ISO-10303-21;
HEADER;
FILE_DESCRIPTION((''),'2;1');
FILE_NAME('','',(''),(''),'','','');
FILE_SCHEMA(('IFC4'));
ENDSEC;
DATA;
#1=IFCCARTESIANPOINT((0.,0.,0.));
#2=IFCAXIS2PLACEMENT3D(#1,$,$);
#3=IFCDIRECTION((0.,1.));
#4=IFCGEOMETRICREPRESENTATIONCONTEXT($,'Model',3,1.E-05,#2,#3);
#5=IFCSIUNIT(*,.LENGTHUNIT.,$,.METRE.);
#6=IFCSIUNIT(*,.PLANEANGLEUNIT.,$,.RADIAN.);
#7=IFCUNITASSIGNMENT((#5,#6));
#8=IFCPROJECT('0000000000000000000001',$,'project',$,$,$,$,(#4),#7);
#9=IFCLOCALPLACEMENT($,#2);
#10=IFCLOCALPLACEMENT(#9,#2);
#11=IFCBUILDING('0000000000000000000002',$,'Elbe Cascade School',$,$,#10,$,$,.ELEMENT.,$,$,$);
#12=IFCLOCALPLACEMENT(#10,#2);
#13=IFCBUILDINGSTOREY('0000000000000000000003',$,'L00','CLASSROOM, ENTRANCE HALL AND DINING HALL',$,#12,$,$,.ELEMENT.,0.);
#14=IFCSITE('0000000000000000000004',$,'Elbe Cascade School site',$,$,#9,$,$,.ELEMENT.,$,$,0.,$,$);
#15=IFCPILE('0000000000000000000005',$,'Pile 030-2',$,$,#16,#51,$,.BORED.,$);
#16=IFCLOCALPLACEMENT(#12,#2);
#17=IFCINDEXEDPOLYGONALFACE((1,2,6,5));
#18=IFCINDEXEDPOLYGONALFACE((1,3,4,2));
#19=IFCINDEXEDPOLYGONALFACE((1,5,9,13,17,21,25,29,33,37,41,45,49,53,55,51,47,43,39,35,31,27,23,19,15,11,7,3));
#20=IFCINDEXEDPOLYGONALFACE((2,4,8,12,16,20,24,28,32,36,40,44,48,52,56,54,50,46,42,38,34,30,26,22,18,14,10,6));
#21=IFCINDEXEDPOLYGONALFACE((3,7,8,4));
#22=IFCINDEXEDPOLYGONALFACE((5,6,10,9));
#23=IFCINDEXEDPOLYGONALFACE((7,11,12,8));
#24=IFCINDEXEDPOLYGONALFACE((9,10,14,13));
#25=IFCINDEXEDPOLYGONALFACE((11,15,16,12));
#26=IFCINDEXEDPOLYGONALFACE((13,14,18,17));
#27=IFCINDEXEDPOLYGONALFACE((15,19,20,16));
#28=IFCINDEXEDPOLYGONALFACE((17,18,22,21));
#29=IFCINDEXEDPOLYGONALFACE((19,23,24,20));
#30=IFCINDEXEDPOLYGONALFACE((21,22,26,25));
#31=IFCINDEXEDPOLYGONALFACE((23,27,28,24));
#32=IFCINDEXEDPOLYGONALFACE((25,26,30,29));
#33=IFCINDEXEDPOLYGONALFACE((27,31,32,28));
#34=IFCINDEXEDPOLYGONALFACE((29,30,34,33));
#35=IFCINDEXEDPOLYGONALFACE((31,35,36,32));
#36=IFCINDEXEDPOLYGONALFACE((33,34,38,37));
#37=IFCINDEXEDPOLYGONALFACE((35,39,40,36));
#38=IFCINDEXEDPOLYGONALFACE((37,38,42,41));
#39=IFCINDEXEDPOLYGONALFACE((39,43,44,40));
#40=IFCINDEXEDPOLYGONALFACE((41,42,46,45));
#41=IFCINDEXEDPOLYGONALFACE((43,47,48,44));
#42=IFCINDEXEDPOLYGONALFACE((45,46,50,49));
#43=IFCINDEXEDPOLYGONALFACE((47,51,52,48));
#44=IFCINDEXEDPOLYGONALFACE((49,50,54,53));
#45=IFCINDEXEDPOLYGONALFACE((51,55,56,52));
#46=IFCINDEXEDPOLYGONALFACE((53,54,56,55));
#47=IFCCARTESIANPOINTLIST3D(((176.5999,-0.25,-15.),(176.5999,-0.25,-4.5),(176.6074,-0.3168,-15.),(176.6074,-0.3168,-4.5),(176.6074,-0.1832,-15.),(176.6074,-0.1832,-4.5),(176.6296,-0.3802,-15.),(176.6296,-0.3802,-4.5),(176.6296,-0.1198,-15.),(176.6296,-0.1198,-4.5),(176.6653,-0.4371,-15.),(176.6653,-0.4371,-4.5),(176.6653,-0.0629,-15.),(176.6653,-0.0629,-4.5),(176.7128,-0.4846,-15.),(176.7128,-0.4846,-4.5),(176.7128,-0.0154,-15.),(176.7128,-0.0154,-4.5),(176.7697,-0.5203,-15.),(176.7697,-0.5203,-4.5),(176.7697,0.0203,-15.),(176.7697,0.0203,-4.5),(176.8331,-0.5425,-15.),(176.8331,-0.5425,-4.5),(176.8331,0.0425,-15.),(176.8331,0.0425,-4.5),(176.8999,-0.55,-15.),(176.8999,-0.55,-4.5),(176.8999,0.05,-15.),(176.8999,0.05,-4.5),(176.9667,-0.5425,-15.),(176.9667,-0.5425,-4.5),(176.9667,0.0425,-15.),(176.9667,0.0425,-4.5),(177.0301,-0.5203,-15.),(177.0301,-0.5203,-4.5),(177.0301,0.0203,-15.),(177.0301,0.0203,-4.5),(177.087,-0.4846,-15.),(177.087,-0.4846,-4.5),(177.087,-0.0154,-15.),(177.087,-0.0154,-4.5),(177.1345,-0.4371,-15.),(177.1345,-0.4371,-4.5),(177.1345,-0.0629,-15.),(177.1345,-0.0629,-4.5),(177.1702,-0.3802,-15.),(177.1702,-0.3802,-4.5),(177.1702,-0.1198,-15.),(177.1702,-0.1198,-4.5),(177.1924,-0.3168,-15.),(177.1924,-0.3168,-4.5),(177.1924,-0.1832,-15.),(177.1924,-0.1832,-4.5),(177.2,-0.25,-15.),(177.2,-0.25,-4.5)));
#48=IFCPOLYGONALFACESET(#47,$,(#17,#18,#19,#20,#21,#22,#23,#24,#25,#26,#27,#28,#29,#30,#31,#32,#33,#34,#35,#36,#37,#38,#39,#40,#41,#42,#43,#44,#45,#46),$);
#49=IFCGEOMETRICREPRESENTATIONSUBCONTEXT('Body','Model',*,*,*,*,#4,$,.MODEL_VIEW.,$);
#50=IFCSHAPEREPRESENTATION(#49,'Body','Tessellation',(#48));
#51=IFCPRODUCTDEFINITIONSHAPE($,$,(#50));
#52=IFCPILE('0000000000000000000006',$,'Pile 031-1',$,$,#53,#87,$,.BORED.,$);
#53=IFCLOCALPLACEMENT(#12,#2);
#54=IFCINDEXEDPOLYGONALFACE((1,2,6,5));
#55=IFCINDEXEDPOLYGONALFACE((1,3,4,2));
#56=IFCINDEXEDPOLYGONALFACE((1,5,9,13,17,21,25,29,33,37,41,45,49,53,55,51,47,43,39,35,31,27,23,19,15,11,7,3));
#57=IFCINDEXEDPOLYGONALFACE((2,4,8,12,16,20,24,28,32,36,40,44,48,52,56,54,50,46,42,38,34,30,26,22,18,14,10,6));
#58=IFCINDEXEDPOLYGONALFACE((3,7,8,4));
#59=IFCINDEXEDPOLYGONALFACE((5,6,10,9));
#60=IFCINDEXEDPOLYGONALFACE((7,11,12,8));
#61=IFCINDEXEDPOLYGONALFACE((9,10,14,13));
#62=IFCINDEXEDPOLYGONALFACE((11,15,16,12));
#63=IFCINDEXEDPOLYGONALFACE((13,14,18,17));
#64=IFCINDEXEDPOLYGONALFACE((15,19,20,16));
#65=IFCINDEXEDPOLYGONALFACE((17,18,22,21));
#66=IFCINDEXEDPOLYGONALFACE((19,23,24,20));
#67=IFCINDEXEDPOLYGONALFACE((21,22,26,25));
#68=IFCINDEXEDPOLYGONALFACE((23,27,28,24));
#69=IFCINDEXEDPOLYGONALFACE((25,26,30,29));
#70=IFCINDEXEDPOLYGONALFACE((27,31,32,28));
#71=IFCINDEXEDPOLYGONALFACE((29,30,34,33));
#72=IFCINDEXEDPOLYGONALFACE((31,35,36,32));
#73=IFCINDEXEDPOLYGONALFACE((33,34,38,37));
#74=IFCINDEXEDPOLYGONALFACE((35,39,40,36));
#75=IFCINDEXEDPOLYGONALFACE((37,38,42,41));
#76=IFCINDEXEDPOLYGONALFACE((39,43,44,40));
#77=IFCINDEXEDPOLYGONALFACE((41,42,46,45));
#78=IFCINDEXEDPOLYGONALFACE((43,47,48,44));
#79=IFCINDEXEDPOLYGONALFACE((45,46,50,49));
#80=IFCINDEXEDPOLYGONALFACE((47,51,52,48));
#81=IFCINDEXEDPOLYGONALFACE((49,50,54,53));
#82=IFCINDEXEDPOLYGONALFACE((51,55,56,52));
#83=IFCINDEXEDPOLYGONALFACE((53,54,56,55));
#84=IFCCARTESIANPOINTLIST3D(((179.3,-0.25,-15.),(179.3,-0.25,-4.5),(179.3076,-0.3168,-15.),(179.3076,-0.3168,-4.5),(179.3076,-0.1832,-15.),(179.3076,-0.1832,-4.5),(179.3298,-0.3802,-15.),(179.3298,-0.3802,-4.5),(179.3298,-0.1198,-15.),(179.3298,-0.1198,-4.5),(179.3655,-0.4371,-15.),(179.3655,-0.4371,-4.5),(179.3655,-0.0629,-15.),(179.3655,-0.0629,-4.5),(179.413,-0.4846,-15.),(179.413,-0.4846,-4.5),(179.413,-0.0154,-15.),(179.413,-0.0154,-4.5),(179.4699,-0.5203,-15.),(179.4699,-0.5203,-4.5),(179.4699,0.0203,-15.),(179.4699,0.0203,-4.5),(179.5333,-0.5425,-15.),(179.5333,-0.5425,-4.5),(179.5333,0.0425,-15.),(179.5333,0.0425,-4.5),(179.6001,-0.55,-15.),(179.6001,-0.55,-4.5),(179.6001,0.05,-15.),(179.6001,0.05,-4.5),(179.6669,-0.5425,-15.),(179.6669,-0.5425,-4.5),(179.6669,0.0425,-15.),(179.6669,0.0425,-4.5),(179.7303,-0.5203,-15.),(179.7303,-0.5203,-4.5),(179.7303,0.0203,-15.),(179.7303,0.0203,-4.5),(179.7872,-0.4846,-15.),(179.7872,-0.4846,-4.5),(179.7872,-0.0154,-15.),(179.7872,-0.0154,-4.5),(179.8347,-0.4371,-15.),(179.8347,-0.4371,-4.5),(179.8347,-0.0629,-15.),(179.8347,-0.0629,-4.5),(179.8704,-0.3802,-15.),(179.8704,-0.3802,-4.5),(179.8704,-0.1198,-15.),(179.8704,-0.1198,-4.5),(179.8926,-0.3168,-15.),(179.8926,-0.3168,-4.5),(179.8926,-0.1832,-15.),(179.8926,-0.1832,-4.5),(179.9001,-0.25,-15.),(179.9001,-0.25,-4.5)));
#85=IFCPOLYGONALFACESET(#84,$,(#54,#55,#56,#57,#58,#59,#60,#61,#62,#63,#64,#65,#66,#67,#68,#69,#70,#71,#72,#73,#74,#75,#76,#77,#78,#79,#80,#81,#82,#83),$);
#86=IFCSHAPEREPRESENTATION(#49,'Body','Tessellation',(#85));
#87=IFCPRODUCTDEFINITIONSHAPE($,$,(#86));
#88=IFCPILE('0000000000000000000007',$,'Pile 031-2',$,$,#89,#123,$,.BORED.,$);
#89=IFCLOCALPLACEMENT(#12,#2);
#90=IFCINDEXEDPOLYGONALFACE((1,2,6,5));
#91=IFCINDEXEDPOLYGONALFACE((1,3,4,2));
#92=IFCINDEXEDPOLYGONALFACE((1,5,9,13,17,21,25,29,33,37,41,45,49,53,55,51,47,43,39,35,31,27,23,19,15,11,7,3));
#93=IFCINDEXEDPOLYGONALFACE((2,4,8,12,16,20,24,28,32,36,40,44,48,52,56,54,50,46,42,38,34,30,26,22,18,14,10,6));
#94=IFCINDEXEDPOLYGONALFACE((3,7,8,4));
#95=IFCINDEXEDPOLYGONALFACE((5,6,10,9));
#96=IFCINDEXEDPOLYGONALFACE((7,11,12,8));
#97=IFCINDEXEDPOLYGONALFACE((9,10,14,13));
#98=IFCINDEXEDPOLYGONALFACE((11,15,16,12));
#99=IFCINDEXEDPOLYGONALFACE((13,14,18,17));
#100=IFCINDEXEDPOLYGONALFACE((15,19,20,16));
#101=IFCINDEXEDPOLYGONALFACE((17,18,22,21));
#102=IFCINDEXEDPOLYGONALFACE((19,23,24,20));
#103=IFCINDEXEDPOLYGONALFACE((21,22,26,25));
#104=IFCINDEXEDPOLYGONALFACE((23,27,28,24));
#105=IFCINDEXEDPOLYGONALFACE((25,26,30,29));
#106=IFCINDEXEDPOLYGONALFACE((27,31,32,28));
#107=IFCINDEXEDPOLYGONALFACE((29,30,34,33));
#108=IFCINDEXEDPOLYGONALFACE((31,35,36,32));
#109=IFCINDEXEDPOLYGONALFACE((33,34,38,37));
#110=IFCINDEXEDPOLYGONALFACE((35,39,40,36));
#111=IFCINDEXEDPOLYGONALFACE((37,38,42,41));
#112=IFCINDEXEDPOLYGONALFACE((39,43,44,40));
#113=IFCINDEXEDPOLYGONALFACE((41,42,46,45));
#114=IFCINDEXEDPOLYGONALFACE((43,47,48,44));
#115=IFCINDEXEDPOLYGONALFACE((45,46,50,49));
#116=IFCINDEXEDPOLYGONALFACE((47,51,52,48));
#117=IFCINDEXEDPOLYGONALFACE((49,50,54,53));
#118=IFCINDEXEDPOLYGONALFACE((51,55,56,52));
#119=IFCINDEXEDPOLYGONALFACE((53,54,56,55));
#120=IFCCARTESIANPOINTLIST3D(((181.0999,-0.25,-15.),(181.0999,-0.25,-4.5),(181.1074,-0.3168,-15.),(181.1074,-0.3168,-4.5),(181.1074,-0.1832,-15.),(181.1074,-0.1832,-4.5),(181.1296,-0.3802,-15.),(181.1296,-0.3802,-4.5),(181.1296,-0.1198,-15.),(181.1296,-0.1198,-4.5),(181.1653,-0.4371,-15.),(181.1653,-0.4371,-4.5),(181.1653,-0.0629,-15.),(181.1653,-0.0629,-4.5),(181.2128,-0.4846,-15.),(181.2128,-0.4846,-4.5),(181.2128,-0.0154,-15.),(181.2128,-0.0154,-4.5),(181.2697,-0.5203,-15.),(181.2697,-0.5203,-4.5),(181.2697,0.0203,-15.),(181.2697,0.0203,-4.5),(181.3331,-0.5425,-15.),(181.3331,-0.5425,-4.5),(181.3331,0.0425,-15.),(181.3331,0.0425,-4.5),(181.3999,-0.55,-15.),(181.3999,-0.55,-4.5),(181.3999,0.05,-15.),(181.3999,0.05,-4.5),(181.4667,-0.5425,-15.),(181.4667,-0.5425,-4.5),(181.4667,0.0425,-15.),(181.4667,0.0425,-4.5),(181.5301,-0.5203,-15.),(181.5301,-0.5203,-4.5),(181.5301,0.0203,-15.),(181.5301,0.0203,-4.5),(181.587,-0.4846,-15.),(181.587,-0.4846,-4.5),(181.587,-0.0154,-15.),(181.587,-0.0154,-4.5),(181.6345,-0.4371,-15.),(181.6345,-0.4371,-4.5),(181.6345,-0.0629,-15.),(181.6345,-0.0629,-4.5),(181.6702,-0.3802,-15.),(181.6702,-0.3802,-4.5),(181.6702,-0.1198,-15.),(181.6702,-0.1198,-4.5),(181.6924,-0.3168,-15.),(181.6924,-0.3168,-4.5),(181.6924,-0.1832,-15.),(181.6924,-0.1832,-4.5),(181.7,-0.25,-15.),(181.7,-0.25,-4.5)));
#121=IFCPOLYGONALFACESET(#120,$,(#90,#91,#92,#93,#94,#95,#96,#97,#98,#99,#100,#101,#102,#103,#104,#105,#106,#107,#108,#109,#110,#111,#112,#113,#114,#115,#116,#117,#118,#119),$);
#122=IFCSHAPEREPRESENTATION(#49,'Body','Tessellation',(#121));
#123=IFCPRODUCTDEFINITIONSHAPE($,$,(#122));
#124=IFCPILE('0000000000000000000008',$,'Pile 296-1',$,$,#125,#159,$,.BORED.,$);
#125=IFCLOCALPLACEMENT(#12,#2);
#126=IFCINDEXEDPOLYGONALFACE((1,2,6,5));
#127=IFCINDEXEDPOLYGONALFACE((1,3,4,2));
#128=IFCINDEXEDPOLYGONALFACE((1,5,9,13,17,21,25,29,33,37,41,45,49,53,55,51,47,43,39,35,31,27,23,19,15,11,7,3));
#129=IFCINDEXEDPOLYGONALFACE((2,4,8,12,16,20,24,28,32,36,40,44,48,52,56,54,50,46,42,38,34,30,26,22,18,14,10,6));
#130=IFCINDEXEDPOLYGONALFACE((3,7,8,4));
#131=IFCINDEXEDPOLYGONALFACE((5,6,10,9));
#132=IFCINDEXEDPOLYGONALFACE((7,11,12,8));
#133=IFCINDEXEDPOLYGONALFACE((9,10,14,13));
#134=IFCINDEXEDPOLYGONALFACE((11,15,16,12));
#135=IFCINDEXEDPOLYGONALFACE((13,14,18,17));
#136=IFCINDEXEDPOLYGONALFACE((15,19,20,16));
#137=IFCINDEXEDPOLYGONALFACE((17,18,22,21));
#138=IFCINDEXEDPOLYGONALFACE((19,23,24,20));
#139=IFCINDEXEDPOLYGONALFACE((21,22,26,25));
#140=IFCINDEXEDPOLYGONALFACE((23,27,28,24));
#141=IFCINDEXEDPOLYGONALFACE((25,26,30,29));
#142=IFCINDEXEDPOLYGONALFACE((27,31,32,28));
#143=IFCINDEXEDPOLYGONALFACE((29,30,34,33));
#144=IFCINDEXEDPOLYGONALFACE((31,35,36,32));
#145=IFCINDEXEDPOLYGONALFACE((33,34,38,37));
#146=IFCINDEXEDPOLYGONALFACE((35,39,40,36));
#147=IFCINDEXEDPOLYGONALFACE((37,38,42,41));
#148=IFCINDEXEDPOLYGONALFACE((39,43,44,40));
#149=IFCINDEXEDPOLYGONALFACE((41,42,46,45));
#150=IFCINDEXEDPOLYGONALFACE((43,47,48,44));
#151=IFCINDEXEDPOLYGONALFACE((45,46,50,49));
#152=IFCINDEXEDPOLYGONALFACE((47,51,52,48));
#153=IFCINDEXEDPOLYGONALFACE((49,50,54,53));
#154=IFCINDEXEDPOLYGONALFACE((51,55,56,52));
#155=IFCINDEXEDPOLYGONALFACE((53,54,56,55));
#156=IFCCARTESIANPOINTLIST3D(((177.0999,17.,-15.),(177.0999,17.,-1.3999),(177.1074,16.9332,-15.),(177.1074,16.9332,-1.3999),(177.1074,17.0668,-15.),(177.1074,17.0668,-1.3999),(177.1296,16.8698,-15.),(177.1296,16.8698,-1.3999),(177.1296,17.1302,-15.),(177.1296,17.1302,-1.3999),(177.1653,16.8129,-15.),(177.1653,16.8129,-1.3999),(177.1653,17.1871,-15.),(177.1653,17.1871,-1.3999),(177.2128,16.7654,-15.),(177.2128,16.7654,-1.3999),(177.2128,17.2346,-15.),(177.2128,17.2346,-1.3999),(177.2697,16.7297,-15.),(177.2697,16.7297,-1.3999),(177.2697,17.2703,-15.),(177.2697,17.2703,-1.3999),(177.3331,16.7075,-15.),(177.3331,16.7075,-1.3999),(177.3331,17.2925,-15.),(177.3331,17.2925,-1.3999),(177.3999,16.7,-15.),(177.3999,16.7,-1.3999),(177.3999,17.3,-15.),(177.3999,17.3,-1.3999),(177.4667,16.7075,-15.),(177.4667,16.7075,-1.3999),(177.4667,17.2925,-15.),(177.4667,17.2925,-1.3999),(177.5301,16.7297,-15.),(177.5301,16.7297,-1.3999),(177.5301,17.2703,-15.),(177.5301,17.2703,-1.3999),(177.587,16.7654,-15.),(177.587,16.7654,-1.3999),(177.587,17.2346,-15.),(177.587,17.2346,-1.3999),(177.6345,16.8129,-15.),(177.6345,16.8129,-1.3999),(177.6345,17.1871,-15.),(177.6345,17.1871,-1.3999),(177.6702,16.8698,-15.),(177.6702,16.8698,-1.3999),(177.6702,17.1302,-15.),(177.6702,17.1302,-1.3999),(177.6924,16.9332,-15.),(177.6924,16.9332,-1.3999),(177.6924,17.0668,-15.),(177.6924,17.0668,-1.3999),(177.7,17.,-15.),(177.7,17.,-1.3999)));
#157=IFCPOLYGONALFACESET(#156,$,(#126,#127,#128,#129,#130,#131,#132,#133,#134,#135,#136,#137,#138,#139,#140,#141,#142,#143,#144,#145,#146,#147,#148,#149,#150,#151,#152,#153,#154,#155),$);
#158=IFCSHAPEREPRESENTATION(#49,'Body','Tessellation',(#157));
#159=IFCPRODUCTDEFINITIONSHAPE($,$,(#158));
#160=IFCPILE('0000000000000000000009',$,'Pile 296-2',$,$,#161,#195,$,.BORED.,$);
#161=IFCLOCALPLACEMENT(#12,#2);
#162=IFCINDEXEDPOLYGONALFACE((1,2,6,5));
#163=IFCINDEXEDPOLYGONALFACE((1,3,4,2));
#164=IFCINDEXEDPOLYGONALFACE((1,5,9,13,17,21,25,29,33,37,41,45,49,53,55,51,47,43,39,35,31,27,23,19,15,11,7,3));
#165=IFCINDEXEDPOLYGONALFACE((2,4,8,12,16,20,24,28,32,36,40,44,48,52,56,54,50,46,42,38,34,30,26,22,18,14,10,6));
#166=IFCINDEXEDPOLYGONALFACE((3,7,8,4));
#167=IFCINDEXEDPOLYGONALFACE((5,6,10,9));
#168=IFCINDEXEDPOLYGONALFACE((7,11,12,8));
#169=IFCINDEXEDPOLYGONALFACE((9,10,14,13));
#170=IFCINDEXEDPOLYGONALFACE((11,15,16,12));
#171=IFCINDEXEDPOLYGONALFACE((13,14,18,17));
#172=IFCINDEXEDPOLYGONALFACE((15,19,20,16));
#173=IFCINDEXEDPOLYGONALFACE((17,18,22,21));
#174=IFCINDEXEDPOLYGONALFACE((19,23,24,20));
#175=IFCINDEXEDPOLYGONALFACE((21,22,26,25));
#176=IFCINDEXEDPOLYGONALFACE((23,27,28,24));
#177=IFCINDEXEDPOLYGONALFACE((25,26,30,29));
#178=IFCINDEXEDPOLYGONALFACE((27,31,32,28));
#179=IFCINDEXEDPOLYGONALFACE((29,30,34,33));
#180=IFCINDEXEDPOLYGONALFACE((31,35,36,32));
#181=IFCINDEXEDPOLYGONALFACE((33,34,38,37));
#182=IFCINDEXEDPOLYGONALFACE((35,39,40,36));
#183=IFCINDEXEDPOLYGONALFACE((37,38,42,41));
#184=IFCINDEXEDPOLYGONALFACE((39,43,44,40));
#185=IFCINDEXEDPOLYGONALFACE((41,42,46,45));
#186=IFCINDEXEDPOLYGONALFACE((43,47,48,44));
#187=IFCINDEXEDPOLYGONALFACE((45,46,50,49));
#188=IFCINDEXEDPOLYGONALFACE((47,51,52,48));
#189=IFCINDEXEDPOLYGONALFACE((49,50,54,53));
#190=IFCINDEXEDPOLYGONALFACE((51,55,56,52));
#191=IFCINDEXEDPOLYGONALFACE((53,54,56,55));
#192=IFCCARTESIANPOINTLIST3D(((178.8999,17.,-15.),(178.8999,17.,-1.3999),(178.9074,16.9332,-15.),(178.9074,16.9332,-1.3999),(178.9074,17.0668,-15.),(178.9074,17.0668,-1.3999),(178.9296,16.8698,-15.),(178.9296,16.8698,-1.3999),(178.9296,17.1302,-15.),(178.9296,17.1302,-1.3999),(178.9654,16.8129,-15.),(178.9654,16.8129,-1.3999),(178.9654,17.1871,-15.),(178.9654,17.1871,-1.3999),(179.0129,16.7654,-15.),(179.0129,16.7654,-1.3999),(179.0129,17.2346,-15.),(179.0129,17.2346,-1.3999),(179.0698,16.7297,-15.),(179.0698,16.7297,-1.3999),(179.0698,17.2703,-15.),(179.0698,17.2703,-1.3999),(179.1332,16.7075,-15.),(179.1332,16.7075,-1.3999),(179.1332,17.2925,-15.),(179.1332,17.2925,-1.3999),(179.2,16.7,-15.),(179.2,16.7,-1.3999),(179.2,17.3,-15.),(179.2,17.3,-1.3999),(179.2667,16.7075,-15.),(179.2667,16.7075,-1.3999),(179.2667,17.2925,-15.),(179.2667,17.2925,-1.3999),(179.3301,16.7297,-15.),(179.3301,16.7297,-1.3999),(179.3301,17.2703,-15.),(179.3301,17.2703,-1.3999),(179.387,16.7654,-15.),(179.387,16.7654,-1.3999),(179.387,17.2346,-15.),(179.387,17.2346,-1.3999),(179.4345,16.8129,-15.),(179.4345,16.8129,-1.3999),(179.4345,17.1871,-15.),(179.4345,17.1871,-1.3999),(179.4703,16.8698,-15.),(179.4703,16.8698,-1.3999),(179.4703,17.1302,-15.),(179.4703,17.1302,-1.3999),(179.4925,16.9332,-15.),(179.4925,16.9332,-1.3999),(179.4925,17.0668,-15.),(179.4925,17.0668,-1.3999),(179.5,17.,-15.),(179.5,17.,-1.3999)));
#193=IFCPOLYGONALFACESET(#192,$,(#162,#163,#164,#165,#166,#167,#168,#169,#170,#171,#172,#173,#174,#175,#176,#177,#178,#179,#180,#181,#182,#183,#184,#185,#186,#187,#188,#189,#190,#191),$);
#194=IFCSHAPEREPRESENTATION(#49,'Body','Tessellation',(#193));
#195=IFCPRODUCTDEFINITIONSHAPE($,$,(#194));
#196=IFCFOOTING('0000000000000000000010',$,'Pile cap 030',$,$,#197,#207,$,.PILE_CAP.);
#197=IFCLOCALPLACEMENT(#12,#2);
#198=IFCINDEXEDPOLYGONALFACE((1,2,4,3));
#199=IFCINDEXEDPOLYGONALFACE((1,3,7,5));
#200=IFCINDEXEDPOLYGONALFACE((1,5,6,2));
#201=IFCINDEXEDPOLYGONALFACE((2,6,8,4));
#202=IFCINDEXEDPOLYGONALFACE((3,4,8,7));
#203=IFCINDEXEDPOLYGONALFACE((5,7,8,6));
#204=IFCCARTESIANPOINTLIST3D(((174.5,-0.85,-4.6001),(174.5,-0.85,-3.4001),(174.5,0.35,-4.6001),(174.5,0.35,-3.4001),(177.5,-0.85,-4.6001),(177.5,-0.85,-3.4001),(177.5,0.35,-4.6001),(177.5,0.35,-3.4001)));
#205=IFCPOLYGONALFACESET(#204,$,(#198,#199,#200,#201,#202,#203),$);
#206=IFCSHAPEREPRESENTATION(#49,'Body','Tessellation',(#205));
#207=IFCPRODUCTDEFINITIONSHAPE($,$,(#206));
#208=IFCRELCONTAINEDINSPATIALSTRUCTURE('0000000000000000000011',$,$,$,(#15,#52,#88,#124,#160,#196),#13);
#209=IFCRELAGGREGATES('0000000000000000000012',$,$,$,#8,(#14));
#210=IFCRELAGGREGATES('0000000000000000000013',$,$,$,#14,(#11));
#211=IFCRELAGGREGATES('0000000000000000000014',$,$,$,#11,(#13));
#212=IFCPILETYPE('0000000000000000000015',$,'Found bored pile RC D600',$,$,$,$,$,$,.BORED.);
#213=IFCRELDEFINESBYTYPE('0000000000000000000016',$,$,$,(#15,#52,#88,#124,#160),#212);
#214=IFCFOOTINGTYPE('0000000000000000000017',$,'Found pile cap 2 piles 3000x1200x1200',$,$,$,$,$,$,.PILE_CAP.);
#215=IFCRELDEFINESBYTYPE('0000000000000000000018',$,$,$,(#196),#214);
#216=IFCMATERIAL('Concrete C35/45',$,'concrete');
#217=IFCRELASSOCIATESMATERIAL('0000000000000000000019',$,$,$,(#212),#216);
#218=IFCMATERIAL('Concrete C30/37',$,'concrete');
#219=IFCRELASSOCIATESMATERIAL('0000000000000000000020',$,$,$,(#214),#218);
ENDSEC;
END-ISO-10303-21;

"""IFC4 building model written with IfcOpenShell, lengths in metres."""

from ifc_helpers import new_model, si_unit, direction, frame, origin, origin_2d, place, context, subcontext, project, spatial, rectangle, circle, extrude, material, material_profile, profile_set, type_object, element, save


model = new_model("IFC4")

# Units and contexts
model_context = context("Model", 3, precision=1e-05, world=origin(), true_north=direction((0.0, 1.0)))
body_context = subcontext(model_context, "Body", "Model", "MODEL_VIEW")
ifc_project = project(units=[si_unit("LENGTHUNIT", "METRE"), si_unit("PLANEANGLEUNIT", "RADIAN")], contexts=[model_context])

# Site, building, storey
site_placement = place(None, origin())
site = spatial("IfcSite", under=ifc_project, at=site_placement, Name="Elbe Cascade School site", CompositionType="ELEMENT", RefElevation=0.0)
building_placement = place(site_placement, origin())
building = spatial("IfcBuilding", under=site, at=building_placement, Name="Elbe Cascade School", CompositionType="ELEMENT")
storey_placement = place(building_placement, origin())
storey = spatial("IfcBuildingStorey", under=building, at=storey_placement, Name="L00", Description="CLASSROOM, ENTRANCE HALL AND DINING HALL", CompositionType="ELEMENT", Elevation=0.0)

# Piles
ifc_material_1 = material(Name="Concrete C35/45", Category="concrete")
ifc_material_profile_1 = material_profile(ifc_material_1, circle(Radius=0.3, at=origin_2d()), Name="RC D600")
ifc_profile_set_1 = profile_set([ifc_material_profile_1], Name="Concrete C35/45")
pile_type = type_object("IfcPileType", Name="Found bored pile RC D600", PredefinedType="BORED", material=ifc_profile_set_1)
for number, where, z_axis, x_axis, name in (
    (1, (176.8999, -0.25, -4.5), (0.0, 0.0, -1.0), (1.0, 0.0, 0.0), "Pile 030-2"),
    (2, (179.6001, -0.25, -4.5), (0.0, 0.0, -1.0), (1.0, 0.0, 0.0), "Pile 031-1"),
    (3, (181.3999, -0.25, -4.5), (0.0, 0.0, -1.0), (1.0, 0.0, 0.0), "Pile 031-2"),
):
    element("IfcPile", number, at=place(storey_placement, frame(where, z_axis=z_axis, x_axis=x_axis)), inside=storey, type_object=pile_type, Name=name, PredefinedType="BORED", context=body_context, shape_type="SweptSolid", body=[
        extrude(circle(Radius=0.3, at=origin_2d()), origin(), (0.0, 0.0, 1.0), 10.5),
    ])
for number, where, z_axis, x_axis, name in (
    (4, (177.3999, 17.0, -1.3999), (0.0, 0.0, -1.0), (1.0, 0.0, 0.0), "Pile 296-1"),
    (5, (179.2, 17.0, -1.3999), (0.0, 0.0, -1.0), (1.0, 0.0, 0.0), "Pile 296-2"),
):
    element("IfcPile", number, at=place(storey_placement, frame(where, z_axis=z_axis, x_axis=x_axis)), inside=storey, type_object=pile_type, Name=name, PredefinedType="BORED", context=body_context, shape_type="SweptSolid", body=[
        extrude(circle(Radius=0.3, at=origin_2d()), origin(), (0.0, 0.0, 1.0), 13.6001),
    ])

# Footing
ifc_material_2 = material(Name="Concrete C30/37", Category="concrete")
footing_type_1 = type_object("IfcFootingType", Name="Found pile cap 2 piles 3000x1200x1200", PredefinedType="PILE_CAP", material=ifc_material_2)
for number, where, z_axis, x_axis, name in (
    (6, (176.0, -0.25, -4.6001), (0.0, 0.0, 1.0), (1.0, 0.0, 0.0), "Pile cap 030"),
):
    element("IfcFooting", number, at=place(storey_placement, frame(where, z_axis=z_axis, x_axis=x_axis)), inside=storey, type_object=footing_type_1, Name=name, PredefinedType="PILE_CAP", context=body_context, shape_type="SweptSolid", body=[
        extrude(rectangle(XDim=3.0, YDim=1.2, at=origin_2d()), origin(), (0.0, 0.0, 1.0), 1.2),
    ])

save(model, "model.ifc")
